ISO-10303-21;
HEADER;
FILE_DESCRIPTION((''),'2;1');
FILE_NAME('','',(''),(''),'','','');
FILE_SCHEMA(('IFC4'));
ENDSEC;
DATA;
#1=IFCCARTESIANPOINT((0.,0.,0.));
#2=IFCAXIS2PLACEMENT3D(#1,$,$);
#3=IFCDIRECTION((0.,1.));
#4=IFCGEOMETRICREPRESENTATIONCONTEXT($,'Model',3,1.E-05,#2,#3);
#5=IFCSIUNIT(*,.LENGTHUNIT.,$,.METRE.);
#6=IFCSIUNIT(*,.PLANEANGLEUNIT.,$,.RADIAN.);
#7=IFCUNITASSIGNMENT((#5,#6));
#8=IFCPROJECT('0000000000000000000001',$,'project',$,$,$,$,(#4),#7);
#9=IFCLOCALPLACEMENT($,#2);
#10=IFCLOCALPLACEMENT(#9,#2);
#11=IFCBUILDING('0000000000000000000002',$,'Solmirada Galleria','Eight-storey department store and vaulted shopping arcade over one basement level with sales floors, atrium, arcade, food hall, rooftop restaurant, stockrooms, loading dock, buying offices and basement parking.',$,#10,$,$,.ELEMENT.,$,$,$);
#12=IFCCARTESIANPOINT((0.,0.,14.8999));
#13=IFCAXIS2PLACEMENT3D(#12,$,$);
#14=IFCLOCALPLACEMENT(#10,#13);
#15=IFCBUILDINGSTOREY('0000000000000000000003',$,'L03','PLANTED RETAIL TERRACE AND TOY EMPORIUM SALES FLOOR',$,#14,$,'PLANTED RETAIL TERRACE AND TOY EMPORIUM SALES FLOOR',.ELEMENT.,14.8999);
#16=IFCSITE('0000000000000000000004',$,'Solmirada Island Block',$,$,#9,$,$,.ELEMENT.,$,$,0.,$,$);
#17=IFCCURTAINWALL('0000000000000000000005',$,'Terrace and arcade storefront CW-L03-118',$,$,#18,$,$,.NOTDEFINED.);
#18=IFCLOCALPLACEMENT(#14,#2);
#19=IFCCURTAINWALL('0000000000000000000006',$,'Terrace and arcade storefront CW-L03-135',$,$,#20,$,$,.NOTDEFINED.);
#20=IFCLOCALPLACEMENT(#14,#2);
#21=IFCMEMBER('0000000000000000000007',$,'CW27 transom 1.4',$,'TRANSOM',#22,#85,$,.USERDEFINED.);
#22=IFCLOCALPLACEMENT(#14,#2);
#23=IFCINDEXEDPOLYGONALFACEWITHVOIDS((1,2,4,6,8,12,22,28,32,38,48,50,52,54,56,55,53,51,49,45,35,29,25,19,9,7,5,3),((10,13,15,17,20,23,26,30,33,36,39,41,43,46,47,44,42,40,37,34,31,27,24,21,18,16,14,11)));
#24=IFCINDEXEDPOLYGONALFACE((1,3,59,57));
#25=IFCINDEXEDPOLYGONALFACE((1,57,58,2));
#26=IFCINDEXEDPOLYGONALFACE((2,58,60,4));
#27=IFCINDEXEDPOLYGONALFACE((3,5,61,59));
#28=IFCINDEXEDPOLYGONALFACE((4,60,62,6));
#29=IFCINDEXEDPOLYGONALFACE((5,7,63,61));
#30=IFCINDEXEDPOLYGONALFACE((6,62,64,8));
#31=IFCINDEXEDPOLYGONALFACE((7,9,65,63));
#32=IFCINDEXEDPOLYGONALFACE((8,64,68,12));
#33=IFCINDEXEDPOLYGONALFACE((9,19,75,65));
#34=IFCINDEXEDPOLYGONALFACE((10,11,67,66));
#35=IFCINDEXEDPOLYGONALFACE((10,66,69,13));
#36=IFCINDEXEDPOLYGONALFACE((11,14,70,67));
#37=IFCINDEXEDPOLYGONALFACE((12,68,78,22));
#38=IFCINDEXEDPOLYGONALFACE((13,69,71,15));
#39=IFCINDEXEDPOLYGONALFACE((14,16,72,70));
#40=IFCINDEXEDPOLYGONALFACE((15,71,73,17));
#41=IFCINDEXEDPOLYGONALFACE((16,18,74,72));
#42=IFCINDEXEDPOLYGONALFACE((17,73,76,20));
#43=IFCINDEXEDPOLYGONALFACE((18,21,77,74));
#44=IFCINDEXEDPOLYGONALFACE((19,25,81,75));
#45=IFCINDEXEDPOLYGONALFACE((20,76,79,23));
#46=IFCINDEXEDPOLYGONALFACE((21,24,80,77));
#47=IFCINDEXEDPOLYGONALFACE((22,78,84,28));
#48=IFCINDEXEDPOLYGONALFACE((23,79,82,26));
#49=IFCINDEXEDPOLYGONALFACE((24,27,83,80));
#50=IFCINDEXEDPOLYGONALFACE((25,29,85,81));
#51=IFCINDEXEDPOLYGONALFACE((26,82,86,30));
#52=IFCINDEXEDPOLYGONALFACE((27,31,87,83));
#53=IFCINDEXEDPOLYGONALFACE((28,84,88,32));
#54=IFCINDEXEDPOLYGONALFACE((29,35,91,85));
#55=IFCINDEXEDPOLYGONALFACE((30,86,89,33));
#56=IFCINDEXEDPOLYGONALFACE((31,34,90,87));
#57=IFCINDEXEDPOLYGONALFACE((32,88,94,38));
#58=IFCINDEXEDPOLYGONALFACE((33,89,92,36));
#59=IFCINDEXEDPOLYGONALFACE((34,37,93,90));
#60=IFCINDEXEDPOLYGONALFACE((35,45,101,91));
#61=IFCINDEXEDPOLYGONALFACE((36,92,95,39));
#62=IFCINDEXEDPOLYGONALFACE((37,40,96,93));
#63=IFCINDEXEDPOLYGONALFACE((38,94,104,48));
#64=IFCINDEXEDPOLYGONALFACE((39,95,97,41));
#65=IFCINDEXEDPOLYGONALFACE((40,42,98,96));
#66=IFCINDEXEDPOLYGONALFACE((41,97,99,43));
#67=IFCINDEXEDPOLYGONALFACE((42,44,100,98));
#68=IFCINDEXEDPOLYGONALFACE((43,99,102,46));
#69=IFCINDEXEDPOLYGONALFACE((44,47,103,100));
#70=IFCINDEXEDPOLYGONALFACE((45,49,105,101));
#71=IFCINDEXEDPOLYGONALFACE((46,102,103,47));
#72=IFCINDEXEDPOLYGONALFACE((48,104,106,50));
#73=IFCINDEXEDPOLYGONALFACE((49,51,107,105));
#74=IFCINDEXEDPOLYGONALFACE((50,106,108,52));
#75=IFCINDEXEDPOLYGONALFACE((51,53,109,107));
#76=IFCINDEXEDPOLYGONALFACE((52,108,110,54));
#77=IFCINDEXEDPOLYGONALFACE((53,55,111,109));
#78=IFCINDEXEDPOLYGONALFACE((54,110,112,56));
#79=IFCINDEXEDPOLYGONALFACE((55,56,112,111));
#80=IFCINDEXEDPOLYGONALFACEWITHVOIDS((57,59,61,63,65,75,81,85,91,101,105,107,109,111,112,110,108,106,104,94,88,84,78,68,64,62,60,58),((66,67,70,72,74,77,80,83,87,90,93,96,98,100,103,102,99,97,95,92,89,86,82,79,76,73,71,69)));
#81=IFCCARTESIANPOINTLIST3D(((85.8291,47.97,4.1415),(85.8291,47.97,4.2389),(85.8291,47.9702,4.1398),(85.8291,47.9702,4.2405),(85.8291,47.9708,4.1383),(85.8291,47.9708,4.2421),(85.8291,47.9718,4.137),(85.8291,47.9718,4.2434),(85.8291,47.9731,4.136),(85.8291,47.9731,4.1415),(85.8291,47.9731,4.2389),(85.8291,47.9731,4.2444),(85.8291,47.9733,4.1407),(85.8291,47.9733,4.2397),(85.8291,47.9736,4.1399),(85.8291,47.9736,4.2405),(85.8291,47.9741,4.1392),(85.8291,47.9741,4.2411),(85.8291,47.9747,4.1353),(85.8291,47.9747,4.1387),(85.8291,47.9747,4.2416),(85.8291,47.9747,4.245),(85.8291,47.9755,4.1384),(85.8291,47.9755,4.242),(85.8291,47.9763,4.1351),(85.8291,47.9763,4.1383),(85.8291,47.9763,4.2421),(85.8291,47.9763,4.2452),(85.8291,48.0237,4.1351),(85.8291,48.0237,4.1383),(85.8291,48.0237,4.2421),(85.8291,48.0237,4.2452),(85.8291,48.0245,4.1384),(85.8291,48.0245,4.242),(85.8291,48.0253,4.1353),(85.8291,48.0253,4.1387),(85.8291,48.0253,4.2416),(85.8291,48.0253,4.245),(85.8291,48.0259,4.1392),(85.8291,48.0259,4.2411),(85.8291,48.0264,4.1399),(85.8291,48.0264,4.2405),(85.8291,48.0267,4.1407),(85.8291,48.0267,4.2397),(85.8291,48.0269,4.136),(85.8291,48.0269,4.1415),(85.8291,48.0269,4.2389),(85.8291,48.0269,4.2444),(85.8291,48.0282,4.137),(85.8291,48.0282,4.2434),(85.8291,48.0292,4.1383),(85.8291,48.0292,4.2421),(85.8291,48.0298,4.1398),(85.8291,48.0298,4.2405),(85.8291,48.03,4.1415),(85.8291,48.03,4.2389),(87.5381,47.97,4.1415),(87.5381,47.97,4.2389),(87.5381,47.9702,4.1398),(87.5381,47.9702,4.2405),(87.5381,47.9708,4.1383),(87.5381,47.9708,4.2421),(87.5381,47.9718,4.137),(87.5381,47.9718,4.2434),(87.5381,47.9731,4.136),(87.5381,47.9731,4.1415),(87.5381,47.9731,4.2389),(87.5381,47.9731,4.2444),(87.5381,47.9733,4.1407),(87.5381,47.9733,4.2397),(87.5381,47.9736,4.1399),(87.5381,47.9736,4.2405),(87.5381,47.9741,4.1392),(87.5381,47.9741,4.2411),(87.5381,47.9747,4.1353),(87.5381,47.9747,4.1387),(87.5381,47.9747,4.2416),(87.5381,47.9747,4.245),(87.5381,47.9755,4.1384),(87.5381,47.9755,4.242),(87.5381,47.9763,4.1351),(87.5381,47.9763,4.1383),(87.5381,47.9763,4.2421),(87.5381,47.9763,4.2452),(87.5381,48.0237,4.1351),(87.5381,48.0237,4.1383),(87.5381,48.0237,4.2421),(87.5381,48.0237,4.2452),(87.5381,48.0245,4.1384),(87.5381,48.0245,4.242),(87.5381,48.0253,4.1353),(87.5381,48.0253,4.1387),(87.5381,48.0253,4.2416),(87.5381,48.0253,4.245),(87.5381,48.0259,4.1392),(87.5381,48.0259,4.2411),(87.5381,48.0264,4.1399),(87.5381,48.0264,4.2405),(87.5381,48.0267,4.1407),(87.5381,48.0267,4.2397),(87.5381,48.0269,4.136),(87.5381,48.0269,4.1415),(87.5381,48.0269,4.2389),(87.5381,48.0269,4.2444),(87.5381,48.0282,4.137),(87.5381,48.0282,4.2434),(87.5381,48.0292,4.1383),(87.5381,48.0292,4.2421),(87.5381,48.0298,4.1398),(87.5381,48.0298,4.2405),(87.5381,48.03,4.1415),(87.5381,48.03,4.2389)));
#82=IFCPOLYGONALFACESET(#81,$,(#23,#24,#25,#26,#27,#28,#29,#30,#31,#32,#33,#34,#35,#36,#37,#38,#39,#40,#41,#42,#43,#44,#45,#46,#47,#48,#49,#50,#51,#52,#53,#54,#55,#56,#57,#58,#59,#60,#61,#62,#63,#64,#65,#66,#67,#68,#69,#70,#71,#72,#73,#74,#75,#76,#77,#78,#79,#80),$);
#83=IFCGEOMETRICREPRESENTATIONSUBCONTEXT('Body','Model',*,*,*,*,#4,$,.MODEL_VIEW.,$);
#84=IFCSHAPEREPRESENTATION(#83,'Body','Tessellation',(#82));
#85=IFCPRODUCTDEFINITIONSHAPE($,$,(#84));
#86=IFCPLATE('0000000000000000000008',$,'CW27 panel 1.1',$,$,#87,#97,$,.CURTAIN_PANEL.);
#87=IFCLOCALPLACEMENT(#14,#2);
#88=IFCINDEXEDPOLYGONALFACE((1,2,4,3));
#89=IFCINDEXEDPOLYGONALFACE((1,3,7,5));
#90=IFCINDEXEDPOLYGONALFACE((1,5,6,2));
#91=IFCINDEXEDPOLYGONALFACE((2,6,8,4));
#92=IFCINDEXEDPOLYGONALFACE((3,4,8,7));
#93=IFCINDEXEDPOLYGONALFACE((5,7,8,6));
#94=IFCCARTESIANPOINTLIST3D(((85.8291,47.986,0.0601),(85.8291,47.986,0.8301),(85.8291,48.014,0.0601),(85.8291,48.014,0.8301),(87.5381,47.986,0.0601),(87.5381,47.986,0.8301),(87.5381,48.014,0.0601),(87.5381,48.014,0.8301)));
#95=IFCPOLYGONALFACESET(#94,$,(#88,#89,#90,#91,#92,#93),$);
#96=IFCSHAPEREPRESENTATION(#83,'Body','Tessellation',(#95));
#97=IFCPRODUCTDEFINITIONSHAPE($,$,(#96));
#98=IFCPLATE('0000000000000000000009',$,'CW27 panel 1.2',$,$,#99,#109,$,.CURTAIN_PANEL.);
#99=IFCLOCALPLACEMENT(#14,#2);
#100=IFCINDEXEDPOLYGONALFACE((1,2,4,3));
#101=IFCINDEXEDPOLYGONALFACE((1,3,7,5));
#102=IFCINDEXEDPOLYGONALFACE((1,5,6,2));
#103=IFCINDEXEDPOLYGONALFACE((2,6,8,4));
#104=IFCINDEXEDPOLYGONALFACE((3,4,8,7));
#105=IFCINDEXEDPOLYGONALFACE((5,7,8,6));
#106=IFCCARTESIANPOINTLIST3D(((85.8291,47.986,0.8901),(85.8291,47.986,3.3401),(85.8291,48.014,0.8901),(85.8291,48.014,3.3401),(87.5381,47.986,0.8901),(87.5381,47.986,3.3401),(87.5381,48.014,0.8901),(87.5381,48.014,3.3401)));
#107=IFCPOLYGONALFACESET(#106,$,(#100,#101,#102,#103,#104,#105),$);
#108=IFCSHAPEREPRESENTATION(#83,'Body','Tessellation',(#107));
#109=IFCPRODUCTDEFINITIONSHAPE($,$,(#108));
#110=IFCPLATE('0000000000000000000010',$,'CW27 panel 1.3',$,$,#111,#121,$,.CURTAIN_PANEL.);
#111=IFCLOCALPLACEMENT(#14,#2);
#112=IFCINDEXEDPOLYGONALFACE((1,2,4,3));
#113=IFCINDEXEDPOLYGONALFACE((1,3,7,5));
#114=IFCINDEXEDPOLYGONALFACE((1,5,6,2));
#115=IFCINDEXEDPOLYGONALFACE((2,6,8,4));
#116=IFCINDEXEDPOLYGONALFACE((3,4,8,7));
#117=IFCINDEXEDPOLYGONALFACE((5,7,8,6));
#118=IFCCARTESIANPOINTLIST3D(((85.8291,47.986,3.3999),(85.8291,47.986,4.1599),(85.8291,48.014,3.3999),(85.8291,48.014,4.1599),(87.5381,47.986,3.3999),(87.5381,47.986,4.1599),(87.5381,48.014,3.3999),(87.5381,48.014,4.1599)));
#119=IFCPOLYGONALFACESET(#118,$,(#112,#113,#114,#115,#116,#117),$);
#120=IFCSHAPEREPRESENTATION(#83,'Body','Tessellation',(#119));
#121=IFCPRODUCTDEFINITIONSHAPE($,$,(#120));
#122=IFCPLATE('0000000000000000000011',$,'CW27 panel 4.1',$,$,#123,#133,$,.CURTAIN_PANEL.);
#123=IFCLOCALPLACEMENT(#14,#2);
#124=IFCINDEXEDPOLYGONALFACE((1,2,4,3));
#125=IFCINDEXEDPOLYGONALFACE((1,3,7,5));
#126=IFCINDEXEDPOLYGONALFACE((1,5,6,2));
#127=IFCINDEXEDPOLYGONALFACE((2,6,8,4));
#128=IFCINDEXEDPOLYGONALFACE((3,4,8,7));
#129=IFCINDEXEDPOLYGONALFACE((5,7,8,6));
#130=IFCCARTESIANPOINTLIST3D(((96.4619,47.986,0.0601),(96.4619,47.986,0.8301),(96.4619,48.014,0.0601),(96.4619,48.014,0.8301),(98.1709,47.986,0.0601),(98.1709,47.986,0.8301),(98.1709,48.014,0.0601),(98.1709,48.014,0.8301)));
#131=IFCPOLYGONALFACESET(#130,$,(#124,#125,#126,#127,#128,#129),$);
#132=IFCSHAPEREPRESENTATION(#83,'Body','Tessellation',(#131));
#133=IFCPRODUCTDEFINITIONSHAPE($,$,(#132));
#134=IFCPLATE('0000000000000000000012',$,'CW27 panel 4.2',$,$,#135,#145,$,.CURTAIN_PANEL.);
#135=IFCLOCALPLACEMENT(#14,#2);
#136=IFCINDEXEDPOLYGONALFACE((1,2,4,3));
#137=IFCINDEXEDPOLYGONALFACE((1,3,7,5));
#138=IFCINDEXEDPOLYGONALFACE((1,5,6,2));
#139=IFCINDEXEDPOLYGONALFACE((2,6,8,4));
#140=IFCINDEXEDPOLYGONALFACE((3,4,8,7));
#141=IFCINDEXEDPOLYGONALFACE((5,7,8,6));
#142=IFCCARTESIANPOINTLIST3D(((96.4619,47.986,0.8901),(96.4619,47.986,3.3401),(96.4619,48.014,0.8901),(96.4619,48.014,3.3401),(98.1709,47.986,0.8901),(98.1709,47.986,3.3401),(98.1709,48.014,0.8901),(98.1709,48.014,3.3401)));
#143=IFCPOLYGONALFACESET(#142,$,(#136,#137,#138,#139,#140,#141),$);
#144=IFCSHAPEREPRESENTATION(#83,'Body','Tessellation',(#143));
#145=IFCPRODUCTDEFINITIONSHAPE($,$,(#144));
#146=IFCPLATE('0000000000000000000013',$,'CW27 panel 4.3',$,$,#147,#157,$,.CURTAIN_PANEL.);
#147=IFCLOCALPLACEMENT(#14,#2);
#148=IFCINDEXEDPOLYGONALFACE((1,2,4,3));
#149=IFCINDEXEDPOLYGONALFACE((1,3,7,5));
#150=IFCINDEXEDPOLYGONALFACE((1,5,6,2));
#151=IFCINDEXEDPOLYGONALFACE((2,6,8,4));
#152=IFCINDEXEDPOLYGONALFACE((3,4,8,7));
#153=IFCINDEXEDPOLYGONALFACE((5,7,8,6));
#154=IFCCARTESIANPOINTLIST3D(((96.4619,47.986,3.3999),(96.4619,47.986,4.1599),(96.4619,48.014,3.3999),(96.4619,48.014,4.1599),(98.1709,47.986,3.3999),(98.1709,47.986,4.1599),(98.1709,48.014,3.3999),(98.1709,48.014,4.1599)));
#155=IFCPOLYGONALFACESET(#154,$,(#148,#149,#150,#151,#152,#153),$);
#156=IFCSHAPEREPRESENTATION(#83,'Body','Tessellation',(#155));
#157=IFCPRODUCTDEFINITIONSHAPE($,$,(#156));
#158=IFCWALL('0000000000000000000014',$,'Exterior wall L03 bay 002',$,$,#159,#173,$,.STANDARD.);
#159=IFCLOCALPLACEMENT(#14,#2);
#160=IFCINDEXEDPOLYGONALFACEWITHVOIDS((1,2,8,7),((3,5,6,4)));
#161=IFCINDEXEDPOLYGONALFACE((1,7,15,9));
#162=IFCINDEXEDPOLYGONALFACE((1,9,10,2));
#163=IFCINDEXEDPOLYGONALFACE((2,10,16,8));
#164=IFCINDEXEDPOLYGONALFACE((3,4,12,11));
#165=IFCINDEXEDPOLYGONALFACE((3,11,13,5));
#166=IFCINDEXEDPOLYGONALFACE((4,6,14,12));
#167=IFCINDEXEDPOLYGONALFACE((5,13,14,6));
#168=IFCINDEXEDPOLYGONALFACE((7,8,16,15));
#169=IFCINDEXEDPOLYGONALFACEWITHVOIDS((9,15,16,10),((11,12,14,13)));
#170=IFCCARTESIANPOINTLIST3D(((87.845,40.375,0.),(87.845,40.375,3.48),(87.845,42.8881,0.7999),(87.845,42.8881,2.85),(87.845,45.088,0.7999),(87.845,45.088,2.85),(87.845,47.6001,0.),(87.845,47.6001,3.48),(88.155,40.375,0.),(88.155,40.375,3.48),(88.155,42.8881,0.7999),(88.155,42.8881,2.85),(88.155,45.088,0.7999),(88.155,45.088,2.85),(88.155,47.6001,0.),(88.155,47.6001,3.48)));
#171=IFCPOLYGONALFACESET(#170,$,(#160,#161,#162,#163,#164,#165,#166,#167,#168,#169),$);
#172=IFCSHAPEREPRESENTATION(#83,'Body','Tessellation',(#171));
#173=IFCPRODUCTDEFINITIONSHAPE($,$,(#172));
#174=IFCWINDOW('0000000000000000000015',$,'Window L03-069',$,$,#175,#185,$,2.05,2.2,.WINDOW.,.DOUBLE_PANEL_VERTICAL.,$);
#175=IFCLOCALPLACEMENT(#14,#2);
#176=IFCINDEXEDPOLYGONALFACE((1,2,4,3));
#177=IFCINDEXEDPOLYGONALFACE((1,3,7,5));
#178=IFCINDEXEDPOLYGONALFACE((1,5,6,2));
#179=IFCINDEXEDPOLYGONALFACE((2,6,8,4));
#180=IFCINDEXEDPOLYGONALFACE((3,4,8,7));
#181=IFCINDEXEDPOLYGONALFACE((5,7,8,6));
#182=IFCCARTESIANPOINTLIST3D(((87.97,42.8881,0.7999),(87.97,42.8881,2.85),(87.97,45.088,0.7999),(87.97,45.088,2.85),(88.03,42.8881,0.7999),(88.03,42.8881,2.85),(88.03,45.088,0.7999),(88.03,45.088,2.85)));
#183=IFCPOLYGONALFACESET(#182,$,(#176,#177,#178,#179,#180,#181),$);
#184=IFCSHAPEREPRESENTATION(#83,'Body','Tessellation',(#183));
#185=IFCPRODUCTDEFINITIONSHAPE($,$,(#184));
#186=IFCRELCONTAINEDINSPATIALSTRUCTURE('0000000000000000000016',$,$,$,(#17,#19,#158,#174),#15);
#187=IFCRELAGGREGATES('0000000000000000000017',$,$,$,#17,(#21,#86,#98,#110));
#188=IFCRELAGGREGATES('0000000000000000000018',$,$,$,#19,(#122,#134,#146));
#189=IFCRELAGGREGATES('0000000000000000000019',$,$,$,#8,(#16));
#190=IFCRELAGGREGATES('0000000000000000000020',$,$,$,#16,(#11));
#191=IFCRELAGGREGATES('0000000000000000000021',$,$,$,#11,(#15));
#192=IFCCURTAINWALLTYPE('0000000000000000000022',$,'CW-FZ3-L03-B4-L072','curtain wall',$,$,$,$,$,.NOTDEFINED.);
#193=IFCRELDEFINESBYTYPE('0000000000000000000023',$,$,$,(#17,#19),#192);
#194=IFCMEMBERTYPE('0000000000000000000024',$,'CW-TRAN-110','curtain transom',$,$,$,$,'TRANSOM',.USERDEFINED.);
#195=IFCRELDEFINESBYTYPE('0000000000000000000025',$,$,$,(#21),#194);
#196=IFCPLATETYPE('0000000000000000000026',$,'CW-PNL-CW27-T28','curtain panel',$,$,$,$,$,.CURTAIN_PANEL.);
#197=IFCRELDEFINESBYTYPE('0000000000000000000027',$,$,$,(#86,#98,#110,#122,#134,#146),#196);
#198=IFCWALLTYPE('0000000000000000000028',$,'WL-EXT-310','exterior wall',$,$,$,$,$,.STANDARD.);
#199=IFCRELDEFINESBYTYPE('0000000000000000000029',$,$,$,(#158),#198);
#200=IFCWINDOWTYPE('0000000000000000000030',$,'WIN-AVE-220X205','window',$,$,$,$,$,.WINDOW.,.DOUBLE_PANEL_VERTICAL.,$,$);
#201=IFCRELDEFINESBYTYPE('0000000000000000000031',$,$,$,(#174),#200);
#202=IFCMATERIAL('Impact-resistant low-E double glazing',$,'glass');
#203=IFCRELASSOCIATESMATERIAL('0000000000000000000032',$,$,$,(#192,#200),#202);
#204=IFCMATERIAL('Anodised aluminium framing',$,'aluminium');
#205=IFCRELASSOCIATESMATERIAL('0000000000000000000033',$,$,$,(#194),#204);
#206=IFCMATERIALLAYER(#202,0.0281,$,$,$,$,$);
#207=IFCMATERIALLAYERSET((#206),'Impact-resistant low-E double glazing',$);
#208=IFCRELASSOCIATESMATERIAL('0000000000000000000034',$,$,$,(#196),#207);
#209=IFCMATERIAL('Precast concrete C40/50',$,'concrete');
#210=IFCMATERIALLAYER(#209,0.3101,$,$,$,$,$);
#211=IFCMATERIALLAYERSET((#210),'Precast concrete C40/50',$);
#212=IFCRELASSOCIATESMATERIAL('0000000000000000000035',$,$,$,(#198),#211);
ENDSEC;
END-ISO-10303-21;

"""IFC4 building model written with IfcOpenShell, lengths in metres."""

from ifc_helpers import new_model, si_unit, direction, frame, frame_2d, origin, origin_2d, place, context, subcontext, project, spatial, rectangle, hollow_rectangle, extrude, material, layer, layer_set, material_profile, profile_set, type_object, element, fill, aggregate, save


model = new_model("IFC4")

# Units and contexts
model_context = context("Model", 3, precision=1e-05, world=origin(), true_north=direction((0.0, 1.0)))
body_context = subcontext(model_context, "Body", "Model", "MODEL_VIEW")
ifc_project = project(units=[si_unit("LENGTHUNIT", "METRE"), si_unit("PLANEANGLEUNIT", "RADIAN")], contexts=[model_context])

# Site, building, storey
site_placement = place(None, origin())
site = spatial("IfcSite", under=ifc_project, at=site_placement, Name="Solmirada Island Block", CompositionType="ELEMENT", RefElevation=0.0)
building_placement = place(site_placement, origin())
building = spatial("IfcBuilding", under=site, at=building_placement, Name="Solmirada Galleria", Description="Eight-storey department store and vaulted shopping arcade over one basement level with sales floors, atrium, arcade, food hall, rooftop restaurant, stockrooms, loading dock, buying offices and basement parking.", CompositionType="ELEMENT")
storey_placement = place(building_placement, frame((0.0, 0.0, 14.8999)))
storey = spatial("IfcBuildingStorey", under=building, at=storey_placement, Name="L03", Description="PLANTED RETAIL TERRACE AND TOY EMPORIUM SALES FLOOR", LongName="PLANTED RETAIL TERRACE AND TOY EMPORIUM SALES FLOOR", CompositionType="ELEMENT", Elevation=14.8999)

# Curtain walls
ifc_material_1 = material(Name="Impact-resistant low-E double glazing", Category="glass")
curtain_wall_type = type_object("IfcCurtainWallType", Name="CW-FZ3-L03-B4-L072", Description="curtain wall", PredefinedType="NOTDEFINED", material=ifc_material_1)
curtain_wall_1_placement = place(storey_placement, origin())
curtain_wall_1 = element("IfcCurtainWall", 1, at=curtain_wall_1_placement, inside=storey, type_object=curtain_wall_type, Name="Terrace and arcade storefront CW-L03-118", PredefinedType="NOTDEFINED")
ifc_material_2 = material(Name="Anodised aluminium framing", Category="aluminium")
curtain_wall_2_placement = place(storey_placement, origin())
curtain_wall_2 = element("IfcCurtainWall", 2, at=curtain_wall_2_placement, inside=storey, type_object=curtain_wall_type, Name="Terrace and arcade storefront CW-L03-135", PredefinedType="NOTDEFINED")

# Member
ifc_material_profile_1 = material_profile(ifc_material_2, hollow_rectangle(XDim=0.0601, YDim=0.1101, WallThickness=0.0032, InnerFilletRadius=0.0032, OuterFilletRadius=0.0063, at=origin_2d()), Name="ALU-TRAN-110X60")
ifc_profile_set_1 = profile_set([ifc_material_profile_1], Name="Anodised aluminium framing")
member_type_1 = type_object("IfcMemberType", Name="CW-TRAN-110", Description="curtain transom", ElementType="TRANSOM", PredefinedType="USERDEFINED", material=ifc_profile_set_1)
member_1_placement = place(storey_placement, frame((87.5381, 48.0, 4.1902), z_axis=(-1.0, 0.0, 0.0), x_axis=(0.0, -1.0, 0.0)))
member_1 = element("IfcMember", 3, at=member_1_placement, type_object=member_type_1, Name="CW27 transom 1.4", ObjectType="TRANSOM", PredefinedType="USERDEFINED", context=body_context, shape_type="SweptSolid", body=[
    extrude(hollow_rectangle(XDim=0.0601, YDim=0.1101, WallThickness=0.0032, InnerFilletRadius=0.0032, OuterFilletRadius=0.0063, at=origin_2d()), origin(), (0.0, 0.0, 1.0), 1.709),
])

# Plates
ifc_layer_1 = layer(ifc_material_1, 0.0281)
ifc_layer_set_1 = layer_set([ifc_layer_1], Name="Impact-resistant low-E double glazing")
plate_type = type_object("IfcPlateType", Name="CW-PNL-CW27-T28", Description="curtain panel", PredefinedType="CURTAIN_PANEL", material=ifc_layer_set_1)
plate_1_placement = place(storey_placement, frame((86.6836, 48.0, 0.0601), z_axis=(0.0, 0.0, 1.0), x_axis=(-1.0, 0.0, 0.0)))
plate_1 = element("IfcPlate", 4, at=plate_1_placement, type_object=plate_type, Name="CW27 panel 1.1", PredefinedType="CURTAIN_PANEL", context=body_context, shape_type="SweptSolid", body=[
    extrude(rectangle(XDim=1.709, YDim=0.0281, at=origin_2d()), origin(), (0.0, 0.0, 1.0), 0.77),
])
plate_2_placement = place(storey_placement, frame((86.6836, 48.0, 0.8901), z_axis=(0.0, 0.0, 1.0), x_axis=(-1.0, 0.0, 0.0)))
plate_2 = element("IfcPlate", 5, at=plate_2_placement, type_object=plate_type, Name="CW27 panel 1.2", PredefinedType="CURTAIN_PANEL", context=body_context, shape_type="SweptSolid", body=[
    extrude(rectangle(XDim=1.709, YDim=0.0281, at=origin_2d()), origin(), (0.0, 0.0, 1.0), 2.45),
])
plate_3_placement = place(storey_placement, frame((86.6836, 48.0, 3.3999), z_axis=(0.0, 0.0, 1.0), x_axis=(-1.0, 0.0, 0.0)))
plate_3 = element("IfcPlate", 6, at=plate_3_placement, type_object=plate_type, Name="CW27 panel 1.3", PredefinedType="CURTAIN_PANEL", context=body_context, shape_type="SweptSolid", body=[
    extrude(rectangle(XDim=1.709, YDim=0.0281, at=origin_2d()), origin(), (0.0, 0.0, 1.0), 0.76),
])
aggregate(curtain_wall_1, [member_1, plate_1, plate_2, plate_3])
plate_4_placement = place(storey_placement, frame((97.3164, 48.0, 0.0601), z_axis=(0.0, 0.0, 1.0), x_axis=(-1.0, 0.0, 0.0)))
plate_4 = element("IfcPlate", 7, at=plate_4_placement, type_object=plate_type, Name="CW27 panel 4.1", PredefinedType="CURTAIN_PANEL", context=body_context, shape_type="SweptSolid", body=[
    extrude(rectangle(XDim=1.709, YDim=0.0281, at=origin_2d()), origin(), (0.0, 0.0, 1.0), 0.77),
])
plate_5_placement = place(storey_placement, frame((97.3164, 48.0, 0.8901), z_axis=(0.0, 0.0, 1.0), x_axis=(-1.0, 0.0, 0.0)))
plate_5 = element("IfcPlate", 8, at=plate_5_placement, type_object=plate_type, Name="CW27 panel 4.2", PredefinedType="CURTAIN_PANEL", context=body_context, shape_type="SweptSolid", body=[
    extrude(rectangle(XDim=1.709, YDim=0.0281, at=origin_2d()), origin(), (0.0, 0.0, 1.0), 2.45),
])
plate_6_placement = place(storey_placement, frame((97.3164, 48.0, 3.3999), z_axis=(0.0, 0.0, 1.0), x_axis=(-1.0, 0.0, 0.0)))
plate_6 = element("IfcPlate", 9, at=plate_6_placement, type_object=plate_type, Name="CW27 panel 4.3", PredefinedType="CURTAIN_PANEL", context=body_context, shape_type="SweptSolid", body=[
    extrude(rectangle(XDim=1.709, YDim=0.0281, at=origin_2d()), origin(), (0.0, 0.0, 1.0), 0.76),
])
aggregate(curtain_wall_2, [plate_4, plate_5, plate_6])

# Wall, opening, window
ifc_material_3 = material(Name="Precast concrete C40/50", Category="concrete")
ifc_layer_2 = layer(ifc_material_3, 0.3101)
ifc_layer_set_2 = layer_set([ifc_layer_2], Name="Precast concrete C40/50")
wall_type = type_object("IfcWallType", Name="WL-EXT-310", Description="exterior wall", PredefinedType="STANDARD", material=ifc_layer_set_2)
wall_1_placement = place(storey_placement, frame((88.0, 40.375, 0.0), z_axis=(0.0, 0.0, 1.0), x_axis=(0.0, 1.0, 0.0)))
wall_1 = element("IfcWall", 10, at=wall_1_placement, inside=storey, type_object=wall_type, Name="Exterior wall L03 bay 002", PredefinedType="STANDARD", context=body_context, shape_type="SweptSolid", body=[
    extrude(rectangle(XDim=7.2251, YDim=0.3101, at=frame_2d((3.6125, 0.0))), origin(), (0.0, 0.0, 1.0), 3.48),
])
opening_1_placement = place(wall_1_placement, frame((2.5129, 0.0, 0.8)))
opening_1 = element("IfcOpeningElement", 11, at=opening_1_placement, cuts=wall_1, PredefinedType="OPENING", context=body_context, shape_type="SweptSolid", body=[
    extrude(rectangle(XDim=2.2, YDim=2.05, at=frame_2d((1.1001, 1.0249))), frame((0.0, 0.165, 0.0), z_axis=(0.0, -1.0, 0.0), x_axis=(1.0, 0.0, 0.0)), (0.0, 0.0, 1.0), 0.3301),
])
window_type = type_object("IfcWindowType", Name="WIN-AVE-220X205", Description="window", PartitioningType="DOUBLE_PANEL_VERTICAL", PredefinedType="WINDOW", material=ifc_material_1)
window_1_placement = place(opening_1_placement, origin())
window_1 = element("IfcWindow", 12, at=window_1_placement, inside=storey, type_object=window_type, Name="Window L03-069", OverallHeight=2.05, OverallWidth=2.2, PartitioningType="DOUBLE_PANEL_VERTICAL", PredefinedType="WINDOW", context=body_context, shape_type="SweptSolid", body=[
    extrude(rectangle(XDim=2.2, YDim=2.05, at=frame_2d((1.1001, 1.0249))), frame((0.0, 0.03, 0.0), z_axis=(0.0, -1.0, 0.0), x_axis=(1.0, 0.0, 0.0)), (0.0, 0.0, 1.0), 0.0601),
])
fill(opening_1, window_1)

save(model, "model.ifc")
